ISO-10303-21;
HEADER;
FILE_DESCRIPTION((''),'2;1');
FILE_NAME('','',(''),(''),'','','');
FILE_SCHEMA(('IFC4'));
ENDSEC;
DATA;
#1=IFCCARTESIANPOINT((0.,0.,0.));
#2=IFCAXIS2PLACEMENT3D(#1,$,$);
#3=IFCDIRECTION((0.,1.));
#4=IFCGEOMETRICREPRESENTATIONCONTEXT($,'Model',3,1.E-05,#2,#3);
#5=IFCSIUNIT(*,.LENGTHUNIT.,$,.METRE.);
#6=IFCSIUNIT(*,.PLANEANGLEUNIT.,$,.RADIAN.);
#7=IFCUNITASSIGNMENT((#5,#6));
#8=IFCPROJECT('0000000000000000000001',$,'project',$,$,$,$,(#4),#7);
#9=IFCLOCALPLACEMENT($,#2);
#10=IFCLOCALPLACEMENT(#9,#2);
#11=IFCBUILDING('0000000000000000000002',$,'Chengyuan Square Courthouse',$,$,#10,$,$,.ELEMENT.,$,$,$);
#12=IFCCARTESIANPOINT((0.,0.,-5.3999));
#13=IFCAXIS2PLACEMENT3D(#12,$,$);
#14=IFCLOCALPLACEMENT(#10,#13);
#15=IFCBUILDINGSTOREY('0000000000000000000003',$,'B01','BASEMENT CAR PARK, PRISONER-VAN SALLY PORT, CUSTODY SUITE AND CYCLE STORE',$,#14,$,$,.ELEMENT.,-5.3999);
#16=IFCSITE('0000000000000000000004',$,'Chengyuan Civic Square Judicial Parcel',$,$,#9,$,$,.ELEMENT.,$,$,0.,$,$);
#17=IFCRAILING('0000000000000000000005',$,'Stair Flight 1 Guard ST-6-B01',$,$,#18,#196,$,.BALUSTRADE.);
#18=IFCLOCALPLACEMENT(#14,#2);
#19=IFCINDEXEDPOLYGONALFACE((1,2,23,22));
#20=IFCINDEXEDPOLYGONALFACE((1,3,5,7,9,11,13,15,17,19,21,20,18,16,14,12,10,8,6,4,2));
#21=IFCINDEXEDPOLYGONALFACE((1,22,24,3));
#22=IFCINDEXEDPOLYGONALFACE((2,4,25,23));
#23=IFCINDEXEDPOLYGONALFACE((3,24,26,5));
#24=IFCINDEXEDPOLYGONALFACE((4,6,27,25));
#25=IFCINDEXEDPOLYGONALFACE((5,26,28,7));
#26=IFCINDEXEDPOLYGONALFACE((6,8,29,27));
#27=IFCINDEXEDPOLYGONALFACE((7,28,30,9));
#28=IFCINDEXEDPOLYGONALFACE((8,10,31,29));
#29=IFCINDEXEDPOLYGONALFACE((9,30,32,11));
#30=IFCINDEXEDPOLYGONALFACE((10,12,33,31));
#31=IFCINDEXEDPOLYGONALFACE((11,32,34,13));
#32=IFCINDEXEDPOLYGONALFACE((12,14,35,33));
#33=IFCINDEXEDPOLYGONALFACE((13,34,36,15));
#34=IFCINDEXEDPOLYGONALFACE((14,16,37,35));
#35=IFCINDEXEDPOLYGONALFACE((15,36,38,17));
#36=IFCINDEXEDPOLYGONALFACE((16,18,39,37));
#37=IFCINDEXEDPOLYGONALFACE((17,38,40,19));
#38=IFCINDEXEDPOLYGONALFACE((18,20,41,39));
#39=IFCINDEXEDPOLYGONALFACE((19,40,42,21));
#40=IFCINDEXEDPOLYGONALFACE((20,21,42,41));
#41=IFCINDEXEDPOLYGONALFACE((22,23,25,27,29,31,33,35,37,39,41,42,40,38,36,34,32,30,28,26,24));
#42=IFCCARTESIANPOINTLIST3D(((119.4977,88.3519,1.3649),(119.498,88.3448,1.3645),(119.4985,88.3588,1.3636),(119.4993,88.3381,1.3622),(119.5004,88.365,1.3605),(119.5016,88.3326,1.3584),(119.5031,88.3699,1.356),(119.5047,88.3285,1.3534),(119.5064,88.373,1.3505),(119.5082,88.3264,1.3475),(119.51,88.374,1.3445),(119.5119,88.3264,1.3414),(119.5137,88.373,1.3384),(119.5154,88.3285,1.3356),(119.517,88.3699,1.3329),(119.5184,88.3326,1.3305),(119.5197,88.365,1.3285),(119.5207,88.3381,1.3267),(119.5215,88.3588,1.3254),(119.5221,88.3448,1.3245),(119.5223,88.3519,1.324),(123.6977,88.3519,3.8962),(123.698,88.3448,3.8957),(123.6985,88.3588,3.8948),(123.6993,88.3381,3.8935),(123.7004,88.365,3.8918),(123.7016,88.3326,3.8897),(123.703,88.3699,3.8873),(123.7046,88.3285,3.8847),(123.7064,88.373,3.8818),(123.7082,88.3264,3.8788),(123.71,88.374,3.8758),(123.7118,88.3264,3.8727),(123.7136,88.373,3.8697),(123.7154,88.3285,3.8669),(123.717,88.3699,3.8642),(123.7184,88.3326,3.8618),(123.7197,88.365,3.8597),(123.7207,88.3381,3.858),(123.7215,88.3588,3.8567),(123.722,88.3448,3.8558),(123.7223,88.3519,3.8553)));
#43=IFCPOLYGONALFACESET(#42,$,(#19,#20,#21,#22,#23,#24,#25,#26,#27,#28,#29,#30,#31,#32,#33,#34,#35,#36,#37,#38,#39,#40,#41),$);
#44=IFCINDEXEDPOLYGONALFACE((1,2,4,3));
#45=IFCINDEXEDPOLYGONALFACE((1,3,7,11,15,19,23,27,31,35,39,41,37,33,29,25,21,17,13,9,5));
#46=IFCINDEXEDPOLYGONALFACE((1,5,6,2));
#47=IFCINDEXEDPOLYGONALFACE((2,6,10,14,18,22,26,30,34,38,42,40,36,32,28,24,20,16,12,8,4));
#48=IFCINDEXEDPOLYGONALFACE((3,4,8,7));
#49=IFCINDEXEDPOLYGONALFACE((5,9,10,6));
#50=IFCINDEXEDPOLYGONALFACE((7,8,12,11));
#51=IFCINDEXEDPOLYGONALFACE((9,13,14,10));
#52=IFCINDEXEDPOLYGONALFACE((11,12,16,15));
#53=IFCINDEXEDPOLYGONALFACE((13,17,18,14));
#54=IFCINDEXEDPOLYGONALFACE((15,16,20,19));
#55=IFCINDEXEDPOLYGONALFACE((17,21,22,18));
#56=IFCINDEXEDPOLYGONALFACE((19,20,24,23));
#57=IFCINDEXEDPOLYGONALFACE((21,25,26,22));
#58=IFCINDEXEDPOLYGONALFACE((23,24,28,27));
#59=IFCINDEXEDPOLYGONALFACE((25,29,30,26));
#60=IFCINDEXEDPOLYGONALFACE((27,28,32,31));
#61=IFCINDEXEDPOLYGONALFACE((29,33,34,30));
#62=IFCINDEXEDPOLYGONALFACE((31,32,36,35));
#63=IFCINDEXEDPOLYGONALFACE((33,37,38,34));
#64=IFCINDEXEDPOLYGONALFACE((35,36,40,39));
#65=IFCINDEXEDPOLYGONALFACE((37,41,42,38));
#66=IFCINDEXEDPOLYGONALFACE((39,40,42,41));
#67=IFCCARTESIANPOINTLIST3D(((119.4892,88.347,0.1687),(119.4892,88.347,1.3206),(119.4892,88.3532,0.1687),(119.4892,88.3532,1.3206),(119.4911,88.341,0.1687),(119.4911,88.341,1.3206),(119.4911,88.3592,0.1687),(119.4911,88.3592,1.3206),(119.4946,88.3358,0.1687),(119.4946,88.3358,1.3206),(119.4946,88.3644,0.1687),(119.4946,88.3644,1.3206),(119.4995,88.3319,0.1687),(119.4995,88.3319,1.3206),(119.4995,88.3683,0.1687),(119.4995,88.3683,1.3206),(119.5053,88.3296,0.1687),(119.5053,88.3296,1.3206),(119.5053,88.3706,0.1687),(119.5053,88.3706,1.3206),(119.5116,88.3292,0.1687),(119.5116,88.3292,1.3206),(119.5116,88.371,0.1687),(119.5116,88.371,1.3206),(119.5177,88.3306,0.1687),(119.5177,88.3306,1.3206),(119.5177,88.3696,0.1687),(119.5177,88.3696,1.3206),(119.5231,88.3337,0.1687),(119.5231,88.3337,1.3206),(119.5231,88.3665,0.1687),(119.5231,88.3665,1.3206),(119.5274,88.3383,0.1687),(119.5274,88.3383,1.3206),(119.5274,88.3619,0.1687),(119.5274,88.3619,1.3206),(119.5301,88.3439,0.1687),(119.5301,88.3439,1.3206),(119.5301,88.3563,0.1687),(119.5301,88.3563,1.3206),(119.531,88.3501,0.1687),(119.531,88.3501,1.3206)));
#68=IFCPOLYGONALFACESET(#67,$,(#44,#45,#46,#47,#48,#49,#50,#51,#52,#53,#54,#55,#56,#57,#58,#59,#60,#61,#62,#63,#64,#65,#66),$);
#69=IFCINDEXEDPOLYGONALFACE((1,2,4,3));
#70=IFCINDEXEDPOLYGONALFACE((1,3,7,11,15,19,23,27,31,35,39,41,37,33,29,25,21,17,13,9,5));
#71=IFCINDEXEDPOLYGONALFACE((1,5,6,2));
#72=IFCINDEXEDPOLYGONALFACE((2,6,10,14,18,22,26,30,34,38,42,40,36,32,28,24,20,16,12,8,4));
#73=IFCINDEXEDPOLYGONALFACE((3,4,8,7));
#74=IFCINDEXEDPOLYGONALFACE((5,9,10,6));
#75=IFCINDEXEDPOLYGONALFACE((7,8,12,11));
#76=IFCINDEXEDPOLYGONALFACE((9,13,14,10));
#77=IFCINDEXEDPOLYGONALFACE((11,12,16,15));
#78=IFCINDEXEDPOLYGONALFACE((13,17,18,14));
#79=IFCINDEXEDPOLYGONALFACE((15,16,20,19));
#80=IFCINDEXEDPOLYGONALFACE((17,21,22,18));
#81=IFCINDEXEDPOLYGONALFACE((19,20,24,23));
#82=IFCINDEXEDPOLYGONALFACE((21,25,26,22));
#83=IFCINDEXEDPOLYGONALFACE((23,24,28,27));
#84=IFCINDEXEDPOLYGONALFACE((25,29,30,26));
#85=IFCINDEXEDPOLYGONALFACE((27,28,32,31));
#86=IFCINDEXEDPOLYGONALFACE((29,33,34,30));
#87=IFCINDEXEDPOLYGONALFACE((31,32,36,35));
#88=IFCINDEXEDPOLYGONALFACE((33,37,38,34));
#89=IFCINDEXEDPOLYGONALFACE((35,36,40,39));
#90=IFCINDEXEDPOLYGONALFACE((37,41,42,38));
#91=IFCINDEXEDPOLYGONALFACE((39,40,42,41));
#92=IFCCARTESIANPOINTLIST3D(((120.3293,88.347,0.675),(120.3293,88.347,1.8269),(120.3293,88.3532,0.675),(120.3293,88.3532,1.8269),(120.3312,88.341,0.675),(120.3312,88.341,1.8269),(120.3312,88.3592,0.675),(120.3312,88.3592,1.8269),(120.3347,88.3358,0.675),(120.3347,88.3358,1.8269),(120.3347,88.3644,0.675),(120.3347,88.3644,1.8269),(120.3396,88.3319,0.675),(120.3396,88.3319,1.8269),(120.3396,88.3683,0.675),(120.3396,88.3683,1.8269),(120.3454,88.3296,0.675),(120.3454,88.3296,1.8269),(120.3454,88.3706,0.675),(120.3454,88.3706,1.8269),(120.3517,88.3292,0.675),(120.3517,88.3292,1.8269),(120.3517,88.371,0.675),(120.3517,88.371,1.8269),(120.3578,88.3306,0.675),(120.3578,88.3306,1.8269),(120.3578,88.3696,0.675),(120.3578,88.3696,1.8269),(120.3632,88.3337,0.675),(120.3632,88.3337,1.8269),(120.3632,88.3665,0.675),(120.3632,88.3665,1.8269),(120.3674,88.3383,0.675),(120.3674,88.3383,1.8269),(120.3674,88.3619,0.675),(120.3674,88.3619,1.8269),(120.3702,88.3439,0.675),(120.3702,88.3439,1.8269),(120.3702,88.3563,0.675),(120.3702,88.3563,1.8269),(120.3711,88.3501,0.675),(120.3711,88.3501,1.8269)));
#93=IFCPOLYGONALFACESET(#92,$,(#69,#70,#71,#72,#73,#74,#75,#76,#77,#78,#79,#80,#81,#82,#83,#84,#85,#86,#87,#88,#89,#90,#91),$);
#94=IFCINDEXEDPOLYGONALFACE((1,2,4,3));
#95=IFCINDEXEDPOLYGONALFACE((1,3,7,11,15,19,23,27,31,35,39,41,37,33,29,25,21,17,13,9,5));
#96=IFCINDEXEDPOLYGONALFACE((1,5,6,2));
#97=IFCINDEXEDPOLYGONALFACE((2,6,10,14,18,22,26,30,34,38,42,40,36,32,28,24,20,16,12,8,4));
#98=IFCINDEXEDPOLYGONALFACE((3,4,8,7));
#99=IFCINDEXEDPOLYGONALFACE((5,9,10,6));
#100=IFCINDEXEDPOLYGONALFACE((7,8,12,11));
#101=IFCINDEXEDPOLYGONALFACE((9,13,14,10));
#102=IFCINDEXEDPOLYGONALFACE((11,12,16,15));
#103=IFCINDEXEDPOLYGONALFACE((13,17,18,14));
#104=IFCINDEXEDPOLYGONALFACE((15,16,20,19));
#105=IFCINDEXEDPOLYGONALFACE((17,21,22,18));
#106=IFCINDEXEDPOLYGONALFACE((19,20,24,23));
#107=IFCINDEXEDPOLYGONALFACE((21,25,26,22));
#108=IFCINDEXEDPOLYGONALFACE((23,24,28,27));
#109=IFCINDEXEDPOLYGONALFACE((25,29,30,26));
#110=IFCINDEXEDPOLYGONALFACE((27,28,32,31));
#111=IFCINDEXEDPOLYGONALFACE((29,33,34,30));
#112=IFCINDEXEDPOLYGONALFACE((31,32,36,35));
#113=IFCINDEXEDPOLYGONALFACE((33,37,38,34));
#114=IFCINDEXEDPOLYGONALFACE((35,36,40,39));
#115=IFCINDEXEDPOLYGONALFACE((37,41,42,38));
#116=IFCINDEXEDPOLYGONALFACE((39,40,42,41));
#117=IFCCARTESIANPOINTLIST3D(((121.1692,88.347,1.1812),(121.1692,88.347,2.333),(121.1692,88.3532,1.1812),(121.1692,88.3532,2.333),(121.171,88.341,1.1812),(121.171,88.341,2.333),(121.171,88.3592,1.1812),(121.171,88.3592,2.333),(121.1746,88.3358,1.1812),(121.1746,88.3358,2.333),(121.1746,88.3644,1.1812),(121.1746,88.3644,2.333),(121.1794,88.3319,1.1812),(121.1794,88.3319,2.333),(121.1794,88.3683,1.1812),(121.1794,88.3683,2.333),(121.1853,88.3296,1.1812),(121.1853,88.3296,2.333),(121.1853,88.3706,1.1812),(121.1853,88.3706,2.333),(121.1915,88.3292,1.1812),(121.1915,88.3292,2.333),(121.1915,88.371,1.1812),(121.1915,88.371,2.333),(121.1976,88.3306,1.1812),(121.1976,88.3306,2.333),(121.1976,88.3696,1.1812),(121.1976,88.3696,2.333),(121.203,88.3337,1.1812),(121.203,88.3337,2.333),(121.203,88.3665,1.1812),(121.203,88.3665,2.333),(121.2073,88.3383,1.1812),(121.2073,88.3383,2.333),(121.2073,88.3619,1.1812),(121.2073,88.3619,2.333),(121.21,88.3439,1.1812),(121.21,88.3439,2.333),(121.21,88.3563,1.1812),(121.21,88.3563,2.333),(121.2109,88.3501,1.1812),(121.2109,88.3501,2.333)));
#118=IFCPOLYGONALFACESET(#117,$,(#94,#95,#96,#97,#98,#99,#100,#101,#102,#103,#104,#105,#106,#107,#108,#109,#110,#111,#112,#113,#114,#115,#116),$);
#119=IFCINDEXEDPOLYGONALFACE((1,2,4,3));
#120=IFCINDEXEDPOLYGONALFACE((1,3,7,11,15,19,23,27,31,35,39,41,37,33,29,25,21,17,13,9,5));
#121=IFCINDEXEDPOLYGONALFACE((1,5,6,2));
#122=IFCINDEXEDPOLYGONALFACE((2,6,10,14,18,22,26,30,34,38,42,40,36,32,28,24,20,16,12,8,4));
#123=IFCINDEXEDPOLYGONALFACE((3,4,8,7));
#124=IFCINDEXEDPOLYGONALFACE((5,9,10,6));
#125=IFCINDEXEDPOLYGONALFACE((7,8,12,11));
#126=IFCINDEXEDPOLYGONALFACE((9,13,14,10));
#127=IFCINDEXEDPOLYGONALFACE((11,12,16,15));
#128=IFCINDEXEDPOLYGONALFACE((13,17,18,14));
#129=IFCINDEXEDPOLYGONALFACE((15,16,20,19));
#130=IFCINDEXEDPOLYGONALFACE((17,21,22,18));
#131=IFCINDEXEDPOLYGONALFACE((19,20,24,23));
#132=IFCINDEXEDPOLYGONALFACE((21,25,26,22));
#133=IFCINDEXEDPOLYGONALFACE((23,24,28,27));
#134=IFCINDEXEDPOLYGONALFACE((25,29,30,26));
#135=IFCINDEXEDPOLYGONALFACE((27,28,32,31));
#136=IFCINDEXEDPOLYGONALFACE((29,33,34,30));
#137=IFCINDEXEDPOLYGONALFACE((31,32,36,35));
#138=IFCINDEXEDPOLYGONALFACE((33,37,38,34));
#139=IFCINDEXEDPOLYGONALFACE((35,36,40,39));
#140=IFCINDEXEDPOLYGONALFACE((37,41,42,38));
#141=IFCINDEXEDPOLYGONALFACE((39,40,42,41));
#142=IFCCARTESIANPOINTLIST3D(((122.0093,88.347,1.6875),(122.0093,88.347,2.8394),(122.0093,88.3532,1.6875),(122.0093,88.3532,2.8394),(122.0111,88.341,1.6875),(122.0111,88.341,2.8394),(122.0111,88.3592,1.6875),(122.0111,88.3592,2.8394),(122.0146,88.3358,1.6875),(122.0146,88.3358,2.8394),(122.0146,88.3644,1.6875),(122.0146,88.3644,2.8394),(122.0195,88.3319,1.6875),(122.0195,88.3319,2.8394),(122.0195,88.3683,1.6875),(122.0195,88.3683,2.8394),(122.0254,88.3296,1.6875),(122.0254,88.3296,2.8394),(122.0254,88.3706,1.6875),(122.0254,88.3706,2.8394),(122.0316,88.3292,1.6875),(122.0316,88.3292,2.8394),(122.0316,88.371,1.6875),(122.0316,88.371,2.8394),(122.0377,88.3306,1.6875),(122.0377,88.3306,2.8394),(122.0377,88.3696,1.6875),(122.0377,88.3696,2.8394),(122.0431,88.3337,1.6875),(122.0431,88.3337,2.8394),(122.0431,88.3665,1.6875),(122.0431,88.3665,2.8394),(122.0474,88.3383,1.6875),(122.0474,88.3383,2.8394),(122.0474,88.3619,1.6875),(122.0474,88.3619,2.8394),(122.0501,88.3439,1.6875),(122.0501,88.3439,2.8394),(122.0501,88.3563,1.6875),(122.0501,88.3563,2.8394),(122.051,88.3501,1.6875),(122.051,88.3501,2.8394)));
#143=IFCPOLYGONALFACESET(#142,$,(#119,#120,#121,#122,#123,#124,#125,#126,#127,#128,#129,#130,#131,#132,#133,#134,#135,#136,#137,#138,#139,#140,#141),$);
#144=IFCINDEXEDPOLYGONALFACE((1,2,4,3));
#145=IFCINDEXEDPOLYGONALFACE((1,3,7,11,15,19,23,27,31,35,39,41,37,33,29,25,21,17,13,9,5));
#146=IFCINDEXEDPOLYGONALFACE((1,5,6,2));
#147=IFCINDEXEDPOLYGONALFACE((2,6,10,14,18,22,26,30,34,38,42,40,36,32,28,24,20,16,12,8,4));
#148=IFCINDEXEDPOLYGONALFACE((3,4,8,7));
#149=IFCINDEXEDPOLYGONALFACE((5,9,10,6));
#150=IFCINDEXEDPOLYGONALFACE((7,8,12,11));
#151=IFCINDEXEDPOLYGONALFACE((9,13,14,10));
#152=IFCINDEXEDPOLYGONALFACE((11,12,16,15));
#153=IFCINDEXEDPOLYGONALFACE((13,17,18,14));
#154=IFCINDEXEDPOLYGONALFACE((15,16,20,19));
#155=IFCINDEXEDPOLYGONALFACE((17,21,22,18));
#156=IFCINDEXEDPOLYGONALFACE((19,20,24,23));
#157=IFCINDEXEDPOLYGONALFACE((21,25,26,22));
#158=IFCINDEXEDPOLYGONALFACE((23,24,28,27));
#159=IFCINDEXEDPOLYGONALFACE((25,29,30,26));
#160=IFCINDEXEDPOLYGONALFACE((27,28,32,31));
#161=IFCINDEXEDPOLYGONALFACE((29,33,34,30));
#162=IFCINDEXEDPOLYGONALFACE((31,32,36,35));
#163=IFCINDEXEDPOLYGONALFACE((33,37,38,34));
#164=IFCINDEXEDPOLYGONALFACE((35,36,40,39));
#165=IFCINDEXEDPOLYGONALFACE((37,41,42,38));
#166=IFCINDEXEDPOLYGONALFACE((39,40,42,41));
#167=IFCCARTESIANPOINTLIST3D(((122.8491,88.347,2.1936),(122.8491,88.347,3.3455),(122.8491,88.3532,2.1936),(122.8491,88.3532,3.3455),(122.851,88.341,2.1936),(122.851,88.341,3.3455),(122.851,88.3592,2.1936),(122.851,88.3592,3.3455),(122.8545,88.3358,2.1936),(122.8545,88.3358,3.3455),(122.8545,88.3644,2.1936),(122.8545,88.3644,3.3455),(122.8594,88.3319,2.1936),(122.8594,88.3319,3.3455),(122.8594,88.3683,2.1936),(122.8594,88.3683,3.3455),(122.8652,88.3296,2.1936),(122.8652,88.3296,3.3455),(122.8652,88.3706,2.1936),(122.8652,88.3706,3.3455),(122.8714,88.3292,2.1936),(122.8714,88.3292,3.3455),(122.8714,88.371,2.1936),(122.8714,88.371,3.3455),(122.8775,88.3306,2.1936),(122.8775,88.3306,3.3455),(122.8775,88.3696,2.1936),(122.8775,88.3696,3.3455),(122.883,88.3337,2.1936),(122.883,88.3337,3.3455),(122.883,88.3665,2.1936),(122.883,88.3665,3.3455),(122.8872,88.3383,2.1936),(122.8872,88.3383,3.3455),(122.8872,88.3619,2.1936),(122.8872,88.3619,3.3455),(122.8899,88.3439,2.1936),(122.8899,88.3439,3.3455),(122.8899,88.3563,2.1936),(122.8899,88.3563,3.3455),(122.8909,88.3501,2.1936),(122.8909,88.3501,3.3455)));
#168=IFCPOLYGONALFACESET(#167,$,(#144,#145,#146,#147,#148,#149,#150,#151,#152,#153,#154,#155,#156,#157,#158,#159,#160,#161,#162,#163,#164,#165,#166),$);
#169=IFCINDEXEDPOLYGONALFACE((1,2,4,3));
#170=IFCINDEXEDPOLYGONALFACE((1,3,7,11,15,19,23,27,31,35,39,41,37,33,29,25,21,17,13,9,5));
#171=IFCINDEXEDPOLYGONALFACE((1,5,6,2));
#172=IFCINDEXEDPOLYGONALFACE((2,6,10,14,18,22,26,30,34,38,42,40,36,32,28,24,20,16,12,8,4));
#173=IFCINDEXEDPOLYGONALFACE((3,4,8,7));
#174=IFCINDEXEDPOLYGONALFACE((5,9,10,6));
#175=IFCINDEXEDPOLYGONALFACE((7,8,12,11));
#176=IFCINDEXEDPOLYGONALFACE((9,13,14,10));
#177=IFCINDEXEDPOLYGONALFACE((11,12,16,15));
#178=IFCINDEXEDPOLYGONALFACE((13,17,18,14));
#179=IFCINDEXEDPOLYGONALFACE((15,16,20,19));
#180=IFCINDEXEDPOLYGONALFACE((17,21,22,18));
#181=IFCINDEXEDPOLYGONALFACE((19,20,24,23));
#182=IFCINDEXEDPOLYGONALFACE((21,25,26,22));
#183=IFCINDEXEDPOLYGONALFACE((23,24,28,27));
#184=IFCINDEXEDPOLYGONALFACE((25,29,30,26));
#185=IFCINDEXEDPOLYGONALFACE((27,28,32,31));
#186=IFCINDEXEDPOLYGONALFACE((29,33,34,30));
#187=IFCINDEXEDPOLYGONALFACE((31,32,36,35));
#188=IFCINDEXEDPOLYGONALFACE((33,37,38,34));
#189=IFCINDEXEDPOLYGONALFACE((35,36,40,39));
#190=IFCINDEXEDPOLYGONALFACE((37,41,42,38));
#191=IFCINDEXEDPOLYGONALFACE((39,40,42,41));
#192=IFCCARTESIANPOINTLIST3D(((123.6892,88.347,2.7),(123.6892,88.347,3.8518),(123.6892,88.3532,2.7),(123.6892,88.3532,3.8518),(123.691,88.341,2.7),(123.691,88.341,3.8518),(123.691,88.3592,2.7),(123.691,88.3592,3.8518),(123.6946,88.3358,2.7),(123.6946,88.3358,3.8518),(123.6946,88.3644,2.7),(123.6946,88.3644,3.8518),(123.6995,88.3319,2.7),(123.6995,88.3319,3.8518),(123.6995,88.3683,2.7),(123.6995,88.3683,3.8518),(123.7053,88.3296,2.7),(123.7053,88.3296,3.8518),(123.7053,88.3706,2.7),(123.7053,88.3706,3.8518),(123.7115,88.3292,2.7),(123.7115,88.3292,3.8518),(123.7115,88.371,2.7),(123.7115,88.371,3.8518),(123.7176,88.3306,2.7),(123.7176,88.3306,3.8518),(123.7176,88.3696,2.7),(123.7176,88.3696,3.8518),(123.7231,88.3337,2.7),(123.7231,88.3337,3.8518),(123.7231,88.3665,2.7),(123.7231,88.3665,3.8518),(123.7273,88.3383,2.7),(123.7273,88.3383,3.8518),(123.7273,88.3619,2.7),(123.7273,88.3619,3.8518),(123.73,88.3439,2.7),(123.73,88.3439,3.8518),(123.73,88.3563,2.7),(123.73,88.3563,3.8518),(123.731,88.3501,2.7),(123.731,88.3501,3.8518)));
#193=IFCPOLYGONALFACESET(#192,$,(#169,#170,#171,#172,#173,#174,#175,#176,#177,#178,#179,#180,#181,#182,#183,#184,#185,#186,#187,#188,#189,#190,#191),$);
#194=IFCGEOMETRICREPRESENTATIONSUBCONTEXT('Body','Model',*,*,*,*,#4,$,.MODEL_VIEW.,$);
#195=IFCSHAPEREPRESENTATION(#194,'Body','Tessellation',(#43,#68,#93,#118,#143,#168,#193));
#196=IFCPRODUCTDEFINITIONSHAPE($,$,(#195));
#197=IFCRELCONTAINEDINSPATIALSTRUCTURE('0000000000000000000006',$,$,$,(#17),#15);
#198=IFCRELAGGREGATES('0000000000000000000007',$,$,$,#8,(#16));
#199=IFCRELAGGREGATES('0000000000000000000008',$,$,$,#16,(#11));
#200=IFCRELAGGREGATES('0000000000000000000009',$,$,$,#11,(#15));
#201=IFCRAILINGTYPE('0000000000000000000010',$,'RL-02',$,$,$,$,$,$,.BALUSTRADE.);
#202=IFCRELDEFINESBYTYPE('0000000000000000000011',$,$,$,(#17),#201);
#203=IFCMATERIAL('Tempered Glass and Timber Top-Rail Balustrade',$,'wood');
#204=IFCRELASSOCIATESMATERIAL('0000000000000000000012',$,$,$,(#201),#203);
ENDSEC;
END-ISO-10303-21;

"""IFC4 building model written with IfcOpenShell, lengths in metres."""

from ifc_helpers import new_model, si_unit, direction, frame, origin, origin_2d, place, context, subcontext, project, spatial, circle, extrude, material, type_object, element, save


model = new_model("IFC4")

# Units and contexts
model_context = context("Model", 3, precision=1e-05, world=origin(), true_north=direction((0.0, 1.0)))
body_context = subcontext(model_context, "Body", "Model", "MODEL_VIEW")
ifc_project = project(units=[si_unit("LENGTHUNIT", "METRE"), si_unit("PLANEANGLEUNIT", "RADIAN")], contexts=[model_context])

# Site, building, storey
site_placement = place(None, origin())
site = spatial("IfcSite", under=ifc_project, at=site_placement, Name="Chengyuan Civic Square Judicial Parcel", CompositionType="ELEMENT", RefElevation=0.0)
building_placement = place(site_placement, origin())
building = spatial("IfcBuilding", under=site, at=building_placement, Name="Chengyuan Square Courthouse", CompositionType="ELEMENT")
storey_placement = place(building_placement, frame((0.0, 0.0, -5.3999)))
storey = spatial("IfcBuildingStorey", under=building, at=storey_placement, Name="B01", Description="BASEMENT CAR PARK, PRISONER-VAN SALLY PORT, CUSTODY SUITE AND CYCLE STORE", CompositionType="ELEMENT", Elevation=-5.3999)

# Railing
ifc_material_1 = material(Name="Tempered Glass and Timber Top-Rail Balustrade", Category="wood")
railing_type_1 = type_object("IfcRailingType", Name="RL-02", PredefinedType="BALUSTRADE", material=ifc_material_1)
railing_1_placement = place(storey_placement, frame((119.51, 88.3501, 0.1687)))
element("IfcRailing", 1, at=railing_1_placement, inside=storey, type_object=railing_type_1, Name="Stair Flight 1 Guard ST-6-B01", PredefinedType="BALUSTRADE", context=body_context, shape_type="SweptSolid", body=[
    extrude(circle(Radius=0.0239, at=origin_2d()), frame((0.0, 0.0, 1.1758), z_axis=(0.856476, 0.0, 0.516186), x_axis=(0.0, 1.0, 0.0)), (0.0, 0.0, 1.0), 4.9038),
    extrude(circle(Radius=0.021, at=origin_2d()), origin(), (0.0, 0.0, 1.0), 1.1519),
    extrude(circle(Radius=0.021, at=origin_2d()), frame((0.8401, 0.0, 0.5063)), (0.0, 0.0, 1.0), 1.1519),
    extrude(circle(Radius=0.021, at=origin_2d()), frame((1.6799, 0.0, 1.0125)), (0.0, 0.0, 1.0), 1.1519),
    extrude(circle(Radius=0.021, at=origin_2d()), frame((2.52, 0.0, 1.5188)), (0.0, 0.0, 1.0), 1.1519),
    extrude(circle(Radius=0.021, at=origin_2d()), frame((3.3599, 0.0, 2.0249)), (0.0, 0.0, 1.0), 1.1519),
    extrude(circle(Radius=0.021, at=origin_2d()), frame((4.2, 0.0, 2.5312)), (0.0, 0.0, 1.0), 1.1519),
])

save(model, "model.ifc")
